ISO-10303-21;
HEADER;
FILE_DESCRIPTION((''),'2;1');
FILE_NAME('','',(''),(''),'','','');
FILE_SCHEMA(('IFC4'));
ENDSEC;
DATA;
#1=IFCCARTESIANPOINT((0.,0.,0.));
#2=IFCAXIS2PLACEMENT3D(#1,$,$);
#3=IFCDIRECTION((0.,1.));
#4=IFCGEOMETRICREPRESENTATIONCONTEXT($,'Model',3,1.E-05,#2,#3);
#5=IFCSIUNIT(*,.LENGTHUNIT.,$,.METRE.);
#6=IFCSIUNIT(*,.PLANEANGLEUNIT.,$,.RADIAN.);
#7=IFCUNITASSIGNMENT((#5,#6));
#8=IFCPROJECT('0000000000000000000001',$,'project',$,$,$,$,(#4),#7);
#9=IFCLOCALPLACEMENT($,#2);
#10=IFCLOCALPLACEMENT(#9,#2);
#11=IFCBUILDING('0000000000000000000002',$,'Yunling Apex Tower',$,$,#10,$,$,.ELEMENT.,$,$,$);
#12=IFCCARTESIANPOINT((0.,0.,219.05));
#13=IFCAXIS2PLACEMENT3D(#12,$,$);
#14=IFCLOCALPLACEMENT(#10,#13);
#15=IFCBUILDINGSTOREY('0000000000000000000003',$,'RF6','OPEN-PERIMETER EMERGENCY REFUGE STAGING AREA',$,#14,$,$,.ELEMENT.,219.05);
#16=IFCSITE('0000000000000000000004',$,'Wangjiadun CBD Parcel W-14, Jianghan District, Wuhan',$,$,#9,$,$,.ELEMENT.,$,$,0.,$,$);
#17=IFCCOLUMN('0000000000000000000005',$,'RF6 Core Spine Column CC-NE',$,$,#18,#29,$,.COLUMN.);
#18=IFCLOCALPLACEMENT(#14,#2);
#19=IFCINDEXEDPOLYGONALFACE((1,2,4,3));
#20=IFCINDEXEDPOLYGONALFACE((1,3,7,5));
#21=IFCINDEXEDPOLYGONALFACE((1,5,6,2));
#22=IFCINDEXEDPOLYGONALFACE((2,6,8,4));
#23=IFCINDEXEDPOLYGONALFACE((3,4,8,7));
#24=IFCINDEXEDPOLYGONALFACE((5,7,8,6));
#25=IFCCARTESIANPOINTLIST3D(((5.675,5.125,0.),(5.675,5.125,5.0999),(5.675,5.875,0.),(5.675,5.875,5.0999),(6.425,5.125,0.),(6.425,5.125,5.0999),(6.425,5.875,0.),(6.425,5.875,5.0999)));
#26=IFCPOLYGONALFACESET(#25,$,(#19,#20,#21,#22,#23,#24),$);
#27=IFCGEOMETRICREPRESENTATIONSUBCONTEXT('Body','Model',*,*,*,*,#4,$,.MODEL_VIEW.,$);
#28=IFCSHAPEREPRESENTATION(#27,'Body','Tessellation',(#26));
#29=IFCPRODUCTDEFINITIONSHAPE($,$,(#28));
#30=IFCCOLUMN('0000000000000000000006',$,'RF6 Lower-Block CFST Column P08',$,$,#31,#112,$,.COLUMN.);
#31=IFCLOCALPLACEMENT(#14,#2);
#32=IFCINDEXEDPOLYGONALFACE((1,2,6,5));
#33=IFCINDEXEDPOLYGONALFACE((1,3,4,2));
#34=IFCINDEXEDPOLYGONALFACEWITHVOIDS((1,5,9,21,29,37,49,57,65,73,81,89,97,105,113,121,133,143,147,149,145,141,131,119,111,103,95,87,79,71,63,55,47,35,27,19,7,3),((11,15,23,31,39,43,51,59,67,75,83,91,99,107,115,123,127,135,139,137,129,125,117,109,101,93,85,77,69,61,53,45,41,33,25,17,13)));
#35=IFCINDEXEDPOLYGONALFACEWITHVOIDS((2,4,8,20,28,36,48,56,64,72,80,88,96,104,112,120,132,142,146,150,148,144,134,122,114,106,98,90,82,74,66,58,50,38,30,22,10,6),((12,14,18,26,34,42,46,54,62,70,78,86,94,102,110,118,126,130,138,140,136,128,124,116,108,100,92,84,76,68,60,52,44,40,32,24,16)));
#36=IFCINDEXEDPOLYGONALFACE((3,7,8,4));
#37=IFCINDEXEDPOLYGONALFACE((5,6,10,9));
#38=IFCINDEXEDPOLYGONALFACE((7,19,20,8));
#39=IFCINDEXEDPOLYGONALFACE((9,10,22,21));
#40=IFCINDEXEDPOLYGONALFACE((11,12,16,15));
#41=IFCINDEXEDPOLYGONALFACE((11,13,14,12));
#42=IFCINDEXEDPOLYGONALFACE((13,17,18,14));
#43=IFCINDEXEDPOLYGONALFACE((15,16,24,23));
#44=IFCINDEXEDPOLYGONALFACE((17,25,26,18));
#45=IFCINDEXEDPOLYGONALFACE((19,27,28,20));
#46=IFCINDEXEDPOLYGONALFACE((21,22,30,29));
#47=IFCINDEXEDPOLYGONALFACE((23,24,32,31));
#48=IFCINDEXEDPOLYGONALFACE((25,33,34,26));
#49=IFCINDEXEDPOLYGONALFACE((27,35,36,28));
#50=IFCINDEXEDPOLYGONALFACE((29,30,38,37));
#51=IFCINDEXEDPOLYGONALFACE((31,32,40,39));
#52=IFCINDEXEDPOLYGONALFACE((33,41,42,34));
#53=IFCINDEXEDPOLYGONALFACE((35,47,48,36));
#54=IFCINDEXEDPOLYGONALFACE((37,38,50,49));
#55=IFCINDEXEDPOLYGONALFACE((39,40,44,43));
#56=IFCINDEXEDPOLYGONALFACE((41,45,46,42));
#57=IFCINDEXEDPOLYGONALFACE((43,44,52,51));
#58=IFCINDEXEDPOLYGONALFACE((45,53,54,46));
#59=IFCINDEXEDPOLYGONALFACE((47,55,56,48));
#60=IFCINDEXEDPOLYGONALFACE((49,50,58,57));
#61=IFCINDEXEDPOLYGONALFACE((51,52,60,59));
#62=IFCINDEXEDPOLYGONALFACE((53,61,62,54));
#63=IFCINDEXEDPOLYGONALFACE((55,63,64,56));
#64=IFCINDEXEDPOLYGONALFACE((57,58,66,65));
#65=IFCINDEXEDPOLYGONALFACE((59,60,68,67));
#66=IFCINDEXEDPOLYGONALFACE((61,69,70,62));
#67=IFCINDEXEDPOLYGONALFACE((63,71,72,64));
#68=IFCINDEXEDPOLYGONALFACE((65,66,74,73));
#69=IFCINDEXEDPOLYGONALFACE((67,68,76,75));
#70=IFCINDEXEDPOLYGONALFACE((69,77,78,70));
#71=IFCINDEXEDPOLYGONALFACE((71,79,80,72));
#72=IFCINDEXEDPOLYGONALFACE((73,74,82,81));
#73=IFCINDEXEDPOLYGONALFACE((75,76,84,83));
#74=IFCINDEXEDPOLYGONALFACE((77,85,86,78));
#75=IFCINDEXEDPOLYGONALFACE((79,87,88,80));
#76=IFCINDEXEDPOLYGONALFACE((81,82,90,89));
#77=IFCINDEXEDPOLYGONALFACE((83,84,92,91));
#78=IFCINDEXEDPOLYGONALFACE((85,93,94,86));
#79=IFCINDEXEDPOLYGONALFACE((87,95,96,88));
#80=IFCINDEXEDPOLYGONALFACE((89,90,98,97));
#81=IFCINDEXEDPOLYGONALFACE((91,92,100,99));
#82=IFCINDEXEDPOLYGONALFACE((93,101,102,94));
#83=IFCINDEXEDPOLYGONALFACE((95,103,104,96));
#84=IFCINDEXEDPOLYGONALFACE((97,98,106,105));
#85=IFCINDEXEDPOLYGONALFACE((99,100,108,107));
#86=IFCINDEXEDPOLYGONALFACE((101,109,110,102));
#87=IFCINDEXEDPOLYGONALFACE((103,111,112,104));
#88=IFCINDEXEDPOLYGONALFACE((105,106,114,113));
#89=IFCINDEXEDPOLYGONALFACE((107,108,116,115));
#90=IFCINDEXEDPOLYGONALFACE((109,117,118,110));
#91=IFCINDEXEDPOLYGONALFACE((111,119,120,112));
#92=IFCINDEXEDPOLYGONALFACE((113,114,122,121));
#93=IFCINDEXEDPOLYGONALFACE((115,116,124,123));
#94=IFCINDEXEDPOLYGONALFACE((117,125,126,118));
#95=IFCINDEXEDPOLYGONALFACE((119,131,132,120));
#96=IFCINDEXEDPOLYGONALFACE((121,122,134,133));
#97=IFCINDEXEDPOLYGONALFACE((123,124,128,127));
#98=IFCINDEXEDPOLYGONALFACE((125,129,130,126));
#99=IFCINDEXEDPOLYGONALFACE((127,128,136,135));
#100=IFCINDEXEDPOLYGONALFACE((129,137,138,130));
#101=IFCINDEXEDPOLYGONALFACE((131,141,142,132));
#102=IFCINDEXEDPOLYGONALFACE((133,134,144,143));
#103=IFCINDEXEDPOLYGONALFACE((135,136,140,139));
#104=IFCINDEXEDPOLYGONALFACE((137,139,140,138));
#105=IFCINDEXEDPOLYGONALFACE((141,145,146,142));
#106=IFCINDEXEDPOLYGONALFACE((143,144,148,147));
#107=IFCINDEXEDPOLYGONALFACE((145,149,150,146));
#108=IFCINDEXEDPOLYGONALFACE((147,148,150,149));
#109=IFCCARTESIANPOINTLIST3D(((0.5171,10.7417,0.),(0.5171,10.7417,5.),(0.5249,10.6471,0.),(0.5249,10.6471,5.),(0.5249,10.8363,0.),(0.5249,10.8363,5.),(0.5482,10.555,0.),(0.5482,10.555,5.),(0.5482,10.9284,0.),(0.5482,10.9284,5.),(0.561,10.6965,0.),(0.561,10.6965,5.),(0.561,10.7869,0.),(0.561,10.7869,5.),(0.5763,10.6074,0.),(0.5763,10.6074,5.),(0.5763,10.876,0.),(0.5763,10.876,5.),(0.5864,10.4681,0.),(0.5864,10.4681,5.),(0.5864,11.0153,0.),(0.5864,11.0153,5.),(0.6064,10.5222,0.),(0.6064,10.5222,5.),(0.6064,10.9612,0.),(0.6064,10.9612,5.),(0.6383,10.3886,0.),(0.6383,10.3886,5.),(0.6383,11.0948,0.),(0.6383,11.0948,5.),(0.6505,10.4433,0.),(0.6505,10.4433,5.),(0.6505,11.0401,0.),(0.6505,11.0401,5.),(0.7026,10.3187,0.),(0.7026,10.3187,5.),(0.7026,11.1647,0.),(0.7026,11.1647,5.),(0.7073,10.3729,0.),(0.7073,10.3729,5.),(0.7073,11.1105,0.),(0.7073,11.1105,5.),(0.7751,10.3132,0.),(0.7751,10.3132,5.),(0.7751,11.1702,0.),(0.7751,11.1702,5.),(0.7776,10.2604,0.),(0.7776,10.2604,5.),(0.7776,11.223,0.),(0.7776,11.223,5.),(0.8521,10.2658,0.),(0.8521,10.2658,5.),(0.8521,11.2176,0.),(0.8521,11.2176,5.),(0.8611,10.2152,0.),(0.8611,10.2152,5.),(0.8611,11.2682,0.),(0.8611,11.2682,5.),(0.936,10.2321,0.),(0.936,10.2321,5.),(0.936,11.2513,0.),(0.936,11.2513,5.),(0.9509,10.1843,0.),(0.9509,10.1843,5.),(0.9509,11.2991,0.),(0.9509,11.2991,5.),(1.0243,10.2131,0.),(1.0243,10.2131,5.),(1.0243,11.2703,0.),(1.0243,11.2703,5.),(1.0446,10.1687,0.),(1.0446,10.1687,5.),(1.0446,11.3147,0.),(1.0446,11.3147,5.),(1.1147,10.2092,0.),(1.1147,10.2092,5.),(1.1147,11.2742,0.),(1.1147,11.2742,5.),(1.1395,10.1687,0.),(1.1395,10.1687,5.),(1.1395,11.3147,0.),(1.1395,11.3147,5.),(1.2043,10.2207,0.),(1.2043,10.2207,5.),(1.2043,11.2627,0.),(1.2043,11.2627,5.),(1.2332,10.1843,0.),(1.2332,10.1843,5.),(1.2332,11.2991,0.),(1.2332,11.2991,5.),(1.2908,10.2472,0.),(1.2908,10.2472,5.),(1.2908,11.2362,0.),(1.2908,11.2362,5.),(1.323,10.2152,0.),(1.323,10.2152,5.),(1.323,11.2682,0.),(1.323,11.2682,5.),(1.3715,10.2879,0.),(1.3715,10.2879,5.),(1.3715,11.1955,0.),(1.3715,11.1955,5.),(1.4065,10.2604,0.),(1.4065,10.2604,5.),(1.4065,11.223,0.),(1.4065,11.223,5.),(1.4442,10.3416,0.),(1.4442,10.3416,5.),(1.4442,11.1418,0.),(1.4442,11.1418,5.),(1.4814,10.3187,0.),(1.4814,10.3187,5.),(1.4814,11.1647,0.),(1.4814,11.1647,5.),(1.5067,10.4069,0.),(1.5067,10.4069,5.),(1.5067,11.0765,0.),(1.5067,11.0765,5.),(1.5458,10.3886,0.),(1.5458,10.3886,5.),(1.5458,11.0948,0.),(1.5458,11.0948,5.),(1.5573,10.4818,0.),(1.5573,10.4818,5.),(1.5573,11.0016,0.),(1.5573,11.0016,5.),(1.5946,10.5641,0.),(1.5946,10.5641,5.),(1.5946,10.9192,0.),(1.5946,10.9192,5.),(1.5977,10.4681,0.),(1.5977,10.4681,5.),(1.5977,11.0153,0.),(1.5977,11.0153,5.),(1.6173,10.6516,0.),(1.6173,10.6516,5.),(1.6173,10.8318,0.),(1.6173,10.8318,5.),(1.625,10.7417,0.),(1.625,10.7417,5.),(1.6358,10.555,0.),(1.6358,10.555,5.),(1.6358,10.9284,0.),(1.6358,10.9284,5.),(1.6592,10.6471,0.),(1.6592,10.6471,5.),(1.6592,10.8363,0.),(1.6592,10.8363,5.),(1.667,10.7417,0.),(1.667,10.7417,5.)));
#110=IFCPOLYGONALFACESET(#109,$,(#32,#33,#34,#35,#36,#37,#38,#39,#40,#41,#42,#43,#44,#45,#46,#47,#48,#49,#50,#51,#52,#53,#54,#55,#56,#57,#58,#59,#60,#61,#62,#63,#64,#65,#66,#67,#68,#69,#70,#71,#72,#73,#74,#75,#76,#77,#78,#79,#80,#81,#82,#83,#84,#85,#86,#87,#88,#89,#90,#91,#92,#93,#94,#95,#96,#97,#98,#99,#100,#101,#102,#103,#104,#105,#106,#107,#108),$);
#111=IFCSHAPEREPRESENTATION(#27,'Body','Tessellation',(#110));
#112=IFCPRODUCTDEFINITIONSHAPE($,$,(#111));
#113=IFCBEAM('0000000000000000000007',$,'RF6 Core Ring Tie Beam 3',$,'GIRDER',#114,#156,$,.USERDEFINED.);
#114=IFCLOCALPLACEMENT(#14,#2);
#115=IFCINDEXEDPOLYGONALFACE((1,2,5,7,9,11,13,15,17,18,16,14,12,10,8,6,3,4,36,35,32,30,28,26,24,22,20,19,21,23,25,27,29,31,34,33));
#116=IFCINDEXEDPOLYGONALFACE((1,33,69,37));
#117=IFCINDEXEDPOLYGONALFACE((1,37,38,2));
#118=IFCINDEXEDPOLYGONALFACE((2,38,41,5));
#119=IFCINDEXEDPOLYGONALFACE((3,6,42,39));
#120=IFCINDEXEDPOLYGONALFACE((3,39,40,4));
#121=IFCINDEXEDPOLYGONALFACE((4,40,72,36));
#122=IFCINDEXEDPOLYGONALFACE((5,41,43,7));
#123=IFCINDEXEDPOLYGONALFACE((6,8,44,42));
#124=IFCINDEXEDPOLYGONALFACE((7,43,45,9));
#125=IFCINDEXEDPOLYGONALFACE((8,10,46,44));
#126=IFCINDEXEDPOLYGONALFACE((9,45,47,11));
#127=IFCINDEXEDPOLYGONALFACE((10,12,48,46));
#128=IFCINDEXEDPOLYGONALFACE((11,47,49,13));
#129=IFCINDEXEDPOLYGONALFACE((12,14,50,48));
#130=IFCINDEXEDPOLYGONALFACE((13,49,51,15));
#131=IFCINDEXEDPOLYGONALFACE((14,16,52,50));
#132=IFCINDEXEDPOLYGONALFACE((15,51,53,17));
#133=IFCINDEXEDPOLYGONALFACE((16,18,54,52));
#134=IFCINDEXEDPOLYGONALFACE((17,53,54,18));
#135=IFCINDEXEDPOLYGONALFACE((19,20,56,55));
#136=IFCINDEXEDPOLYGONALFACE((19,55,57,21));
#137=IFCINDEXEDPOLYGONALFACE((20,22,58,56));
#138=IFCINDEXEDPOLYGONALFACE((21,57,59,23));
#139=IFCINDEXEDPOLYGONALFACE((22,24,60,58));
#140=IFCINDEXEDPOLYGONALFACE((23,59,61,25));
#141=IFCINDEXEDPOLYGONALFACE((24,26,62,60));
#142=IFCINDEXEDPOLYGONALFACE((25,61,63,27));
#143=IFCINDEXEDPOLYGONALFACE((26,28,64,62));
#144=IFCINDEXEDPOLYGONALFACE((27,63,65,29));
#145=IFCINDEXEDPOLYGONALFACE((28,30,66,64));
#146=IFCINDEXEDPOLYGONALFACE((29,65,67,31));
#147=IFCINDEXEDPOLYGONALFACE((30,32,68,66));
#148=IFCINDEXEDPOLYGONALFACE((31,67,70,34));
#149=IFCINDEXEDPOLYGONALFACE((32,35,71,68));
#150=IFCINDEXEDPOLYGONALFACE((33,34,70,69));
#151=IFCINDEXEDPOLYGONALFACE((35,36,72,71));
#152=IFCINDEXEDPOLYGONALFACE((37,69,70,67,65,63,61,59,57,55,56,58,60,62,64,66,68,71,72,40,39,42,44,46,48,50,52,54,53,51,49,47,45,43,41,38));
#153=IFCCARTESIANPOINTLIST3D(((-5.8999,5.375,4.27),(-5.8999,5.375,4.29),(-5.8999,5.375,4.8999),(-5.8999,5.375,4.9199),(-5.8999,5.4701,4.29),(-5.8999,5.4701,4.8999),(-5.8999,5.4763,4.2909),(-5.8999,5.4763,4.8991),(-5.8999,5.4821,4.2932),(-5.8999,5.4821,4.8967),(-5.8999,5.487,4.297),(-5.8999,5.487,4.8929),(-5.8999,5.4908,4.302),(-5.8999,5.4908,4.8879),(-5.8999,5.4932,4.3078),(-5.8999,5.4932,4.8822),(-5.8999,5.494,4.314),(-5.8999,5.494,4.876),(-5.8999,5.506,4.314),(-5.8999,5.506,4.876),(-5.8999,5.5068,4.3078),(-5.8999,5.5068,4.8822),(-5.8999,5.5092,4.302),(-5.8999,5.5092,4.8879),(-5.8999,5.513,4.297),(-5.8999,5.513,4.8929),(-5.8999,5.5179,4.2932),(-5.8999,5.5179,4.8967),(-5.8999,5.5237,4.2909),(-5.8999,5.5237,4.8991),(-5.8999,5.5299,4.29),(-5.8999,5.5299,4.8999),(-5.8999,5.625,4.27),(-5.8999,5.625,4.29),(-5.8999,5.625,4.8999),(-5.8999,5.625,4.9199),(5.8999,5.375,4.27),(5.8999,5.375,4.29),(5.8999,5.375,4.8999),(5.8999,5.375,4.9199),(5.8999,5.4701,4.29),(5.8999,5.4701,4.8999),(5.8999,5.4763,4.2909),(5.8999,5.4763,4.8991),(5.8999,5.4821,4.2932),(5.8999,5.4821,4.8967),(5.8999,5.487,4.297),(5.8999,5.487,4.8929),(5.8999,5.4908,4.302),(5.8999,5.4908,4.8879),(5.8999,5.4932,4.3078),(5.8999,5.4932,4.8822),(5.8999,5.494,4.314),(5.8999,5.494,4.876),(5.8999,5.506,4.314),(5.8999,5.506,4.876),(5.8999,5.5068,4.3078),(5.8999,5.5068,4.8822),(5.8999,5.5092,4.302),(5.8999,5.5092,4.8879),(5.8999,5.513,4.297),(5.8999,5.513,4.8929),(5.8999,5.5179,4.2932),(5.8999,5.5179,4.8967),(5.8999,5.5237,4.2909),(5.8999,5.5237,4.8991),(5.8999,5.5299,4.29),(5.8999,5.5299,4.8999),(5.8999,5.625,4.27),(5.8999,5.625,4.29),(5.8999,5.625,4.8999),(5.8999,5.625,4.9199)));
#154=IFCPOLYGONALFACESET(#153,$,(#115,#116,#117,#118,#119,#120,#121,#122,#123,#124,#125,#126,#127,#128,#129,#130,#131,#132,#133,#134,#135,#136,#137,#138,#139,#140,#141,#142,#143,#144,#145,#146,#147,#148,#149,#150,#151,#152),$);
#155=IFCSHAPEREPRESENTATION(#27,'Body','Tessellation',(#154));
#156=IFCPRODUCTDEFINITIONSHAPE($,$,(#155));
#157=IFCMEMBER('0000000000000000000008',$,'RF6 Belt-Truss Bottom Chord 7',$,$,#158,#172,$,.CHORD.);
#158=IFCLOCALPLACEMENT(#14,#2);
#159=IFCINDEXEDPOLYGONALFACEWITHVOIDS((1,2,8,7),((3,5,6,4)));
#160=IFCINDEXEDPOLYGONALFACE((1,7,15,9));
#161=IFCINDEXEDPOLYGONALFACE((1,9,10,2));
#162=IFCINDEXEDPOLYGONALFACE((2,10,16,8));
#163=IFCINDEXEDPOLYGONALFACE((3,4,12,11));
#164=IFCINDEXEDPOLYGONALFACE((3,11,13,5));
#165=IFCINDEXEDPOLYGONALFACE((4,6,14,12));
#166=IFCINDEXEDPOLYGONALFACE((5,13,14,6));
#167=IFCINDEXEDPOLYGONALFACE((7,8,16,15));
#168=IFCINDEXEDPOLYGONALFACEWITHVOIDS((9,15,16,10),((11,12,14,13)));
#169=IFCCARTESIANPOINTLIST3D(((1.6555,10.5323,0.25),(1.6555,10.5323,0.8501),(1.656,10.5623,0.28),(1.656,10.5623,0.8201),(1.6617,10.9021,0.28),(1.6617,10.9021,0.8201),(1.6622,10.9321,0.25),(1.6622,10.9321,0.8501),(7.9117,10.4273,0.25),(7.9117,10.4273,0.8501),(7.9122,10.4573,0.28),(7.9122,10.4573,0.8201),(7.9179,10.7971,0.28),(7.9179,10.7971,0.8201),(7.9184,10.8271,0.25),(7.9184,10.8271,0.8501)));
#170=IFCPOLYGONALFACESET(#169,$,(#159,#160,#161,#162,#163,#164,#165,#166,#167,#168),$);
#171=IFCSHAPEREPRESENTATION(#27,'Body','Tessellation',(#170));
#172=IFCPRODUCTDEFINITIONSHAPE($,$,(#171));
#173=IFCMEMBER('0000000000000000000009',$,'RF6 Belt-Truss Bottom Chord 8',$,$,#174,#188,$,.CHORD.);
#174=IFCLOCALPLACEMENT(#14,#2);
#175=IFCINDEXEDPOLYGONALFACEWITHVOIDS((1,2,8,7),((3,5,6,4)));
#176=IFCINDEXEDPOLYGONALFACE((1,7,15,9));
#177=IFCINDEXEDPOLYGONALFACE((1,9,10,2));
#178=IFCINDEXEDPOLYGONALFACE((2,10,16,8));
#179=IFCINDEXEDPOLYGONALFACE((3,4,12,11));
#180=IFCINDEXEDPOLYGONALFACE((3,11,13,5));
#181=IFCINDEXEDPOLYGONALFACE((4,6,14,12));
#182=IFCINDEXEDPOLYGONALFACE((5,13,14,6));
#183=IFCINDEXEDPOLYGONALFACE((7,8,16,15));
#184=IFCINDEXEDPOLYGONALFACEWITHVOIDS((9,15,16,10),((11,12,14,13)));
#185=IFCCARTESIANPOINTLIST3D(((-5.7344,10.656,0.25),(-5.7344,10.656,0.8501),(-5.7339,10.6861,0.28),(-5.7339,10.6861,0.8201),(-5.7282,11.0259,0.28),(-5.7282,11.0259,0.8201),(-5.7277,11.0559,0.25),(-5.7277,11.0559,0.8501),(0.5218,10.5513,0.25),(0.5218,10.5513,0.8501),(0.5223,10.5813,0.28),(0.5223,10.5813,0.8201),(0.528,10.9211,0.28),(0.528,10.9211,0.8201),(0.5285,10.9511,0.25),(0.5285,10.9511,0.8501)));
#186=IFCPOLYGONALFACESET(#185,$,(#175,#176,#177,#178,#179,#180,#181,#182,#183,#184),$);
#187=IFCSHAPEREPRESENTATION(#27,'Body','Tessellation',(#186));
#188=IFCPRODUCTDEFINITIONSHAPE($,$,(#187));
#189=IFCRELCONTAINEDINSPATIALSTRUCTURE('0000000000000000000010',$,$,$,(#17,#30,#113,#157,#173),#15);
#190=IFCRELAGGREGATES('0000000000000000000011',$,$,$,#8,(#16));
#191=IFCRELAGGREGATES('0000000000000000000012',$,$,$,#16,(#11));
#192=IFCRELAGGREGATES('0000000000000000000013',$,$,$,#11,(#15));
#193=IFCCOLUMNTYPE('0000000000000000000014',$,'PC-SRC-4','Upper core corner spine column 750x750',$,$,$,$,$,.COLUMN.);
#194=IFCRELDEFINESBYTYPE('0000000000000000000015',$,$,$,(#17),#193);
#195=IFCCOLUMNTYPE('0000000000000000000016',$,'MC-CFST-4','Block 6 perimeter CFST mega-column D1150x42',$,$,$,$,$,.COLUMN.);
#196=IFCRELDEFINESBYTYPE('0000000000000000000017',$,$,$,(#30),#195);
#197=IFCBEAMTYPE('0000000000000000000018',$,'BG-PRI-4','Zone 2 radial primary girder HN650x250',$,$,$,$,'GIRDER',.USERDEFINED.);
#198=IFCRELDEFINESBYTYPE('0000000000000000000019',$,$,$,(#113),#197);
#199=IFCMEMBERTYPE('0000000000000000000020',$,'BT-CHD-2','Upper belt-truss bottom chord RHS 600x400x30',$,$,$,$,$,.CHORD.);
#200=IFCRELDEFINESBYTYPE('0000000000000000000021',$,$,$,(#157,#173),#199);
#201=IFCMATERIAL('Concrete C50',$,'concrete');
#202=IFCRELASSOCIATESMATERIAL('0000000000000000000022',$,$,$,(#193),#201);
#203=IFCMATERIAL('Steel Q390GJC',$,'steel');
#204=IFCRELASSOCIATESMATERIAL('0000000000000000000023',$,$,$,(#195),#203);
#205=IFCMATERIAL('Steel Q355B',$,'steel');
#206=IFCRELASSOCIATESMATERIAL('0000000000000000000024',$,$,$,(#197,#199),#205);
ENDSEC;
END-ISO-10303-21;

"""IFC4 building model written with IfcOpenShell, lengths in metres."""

from ifc_helpers import new_model, si_unit, direction, frame, origin, origin_2d, place, context, subcontext, project, spatial, rectangle, hollow_rectangle, hollow_circle, i_section, extrude, source, transform, mapped, material, material_profile, profile_set, type_object, element, save


model = new_model("IFC4")

# Units and contexts
model_context = context("Model", 3, precision=1e-05, world=origin(), true_north=direction((0.0, 1.0)))
body_context = subcontext(model_context, "Body", "Model", "MODEL_VIEW")
ifc_project = project(units=[si_unit("LENGTHUNIT", "METRE"), si_unit("PLANEANGLEUNIT", "RADIAN")], contexts=[model_context])

# Site, building, storey
site_placement = place(None, origin())
site = spatial("IfcSite", under=ifc_project, at=site_placement, Name="Wangjiadun CBD Parcel W-14, Jianghan District, Wuhan", CompositionType="ELEMENT", RefElevation=0.0)
building_placement = place(site_placement, origin())
building = spatial("IfcBuilding", under=site, at=building_placement, Name="Yunling Apex Tower", CompositionType="ELEMENT")
storey_placement = place(building_placement, frame((0.0, 0.0, 219.05)))
storey = spatial("IfcBuildingStorey", under=building, at=storey_placement, Name="RF6", Description="OPEN-PERIMETER EMERGENCY REFUGE STAGING AREA", CompositionType="ELEMENT", Elevation=219.05)

# Columns
ifc_material_1 = material(Name="Concrete C50", Category="concrete")
ifc_material_profile_1 = material_profile(ifc_material_1, rectangle(XDim=0.75, YDim=0.75, at=origin_2d()))
ifc_profile_set_1 = profile_set([ifc_material_profile_1], Name="Concrete C50")
column_type_1 = type_object("IfcColumnType", Name="PC-SRC-4", Description="Upper core corner spine column 750x750", PredefinedType="COLUMN", material=ifc_profile_set_1)
shared_shape_1 = source(origin(), body_context, "Body", "SweptSolid", [
    extrude(rectangle(XDim=0.75, YDim=0.75, at=origin_2d()), origin(), (0.0, 0.0, 1.0), 5.0999),
])
column_1_placement = place(storey_placement, frame((6.05, 5.5, 0.0), z_axis=(0.0, 0.0, 1.0), x_axis=(1.0, 0.0, 0.0)))
element("IfcColumn", 1, at=column_1_placement, inside=storey, type_object=column_type_1, Name="RF6 Core Spine Column CC-NE", PredefinedType="COLUMN", context=body_context, shape_type="MappedRepresentation", body=[
    mapped(shared_shape_1, transform((0.0, 0.0, 0.0), scale=1.0)),
])
ifc_material_2 = material(Name="Steel Q390GJC", Category="steel")
ifc_material_profile_2 = material_profile(ifc_material_2, hollow_circle(Radius=0.575, WallThickness=0.042, at=origin_2d()))
ifc_profile_set_2 = profile_set([ifc_material_profile_2], Name="Steel Q390GJC")
column_type_2 = type_object("IfcColumnType", Name="MC-CFST-4", Description="Block 6 perimeter CFST mega-column D1150x42", PredefinedType="COLUMN", material=ifc_profile_set_2)
shared_shape_2 = source(origin(), body_context, "Body", "SweptSolid", [
    extrude(hollow_circle(Radius=0.575, WallThickness=0.042, at=origin_2d()), origin(), (0.0, 0.0, 1.0), 5.0),
])
column_2_placement = place(storey_placement, frame((1.092, 10.7417, 0.0), z_axis=(0.0, 0.0, 1.0), x_axis=(1.0, 0.0, 0.0)))
element("IfcColumn", 2, at=column_2_placement, inside=storey, type_object=column_type_2, Name="RF6 Lower-Block CFST Column P08", PredefinedType="COLUMN", context=body_context, shape_type="MappedRepresentation", body=[
    mapped(shared_shape_2, transform((0.0, 0.0, 0.0), scale=1.0)),
])

# Beam
ifc_material_3 = material(Name="Steel Q355B", Category="steel")
ifc_material_profile_3 = material_profile(ifc_material_3, i_section(OverallWidth=0.25, OverallDepth=0.6499, WebThickness=0.012, FlangeThickness=0.02, FilletRadius=0.0239, at=origin_2d()))
ifc_profile_set_3 = profile_set([ifc_material_profile_3], Name="Steel Q355B")
beam_type_1 = type_object("IfcBeamType", Name="BG-PRI-4", Description="Zone 2 radial primary girder HN650x250", ElementType="GIRDER", PredefinedType="USERDEFINED", material=ifc_profile_set_3)
shared_shape_3 = source(origin(), body_context, "Body", "SweptSolid", [
    extrude(i_section(OverallWidth=0.25, OverallDepth=0.6499, WebThickness=0.012, FlangeThickness=0.02, FilletRadius=0.0239, at=origin_2d()), origin(), (0.0, 0.0, 1.0), 11.7998),
])
beam_1_placement = place(storey_placement, frame((5.8999, 5.5, 4.595), z_axis=(-1.0, 0.0, 0.0), x_axis=(0.0, -1.0, 0.0)))
element("IfcBeam", 3, at=beam_1_placement, inside=storey, type_object=beam_type_1, Name="RF6 Core Ring Tie Beam 3", ObjectType="GIRDER", PredefinedType="USERDEFINED", context=body_context, shape_type="MappedRepresentation", body=[
    mapped(shared_shape_3, transform((0.0, 0.0, 0.0), scale=1.0)),
])

# Members
ifc_material_profile_4 = material_profile(ifc_material_3, hollow_rectangle(XDim=0.3999, YDim=0.6001, WallThickness=0.03, at=origin_2d()))
ifc_profile_set_4 = profile_set([ifc_material_profile_4], Name="Steel Q355B")
member_type_1 = type_object("IfcMemberType", Name="BT-CHD-2", Description="Upper belt-truss bottom chord RHS 600x400x30", PredefinedType="CHORD", material=ifc_profile_set_4)
shared_shape_4 = source(origin(), body_context, "Body", "SweptSolid", [
    extrude(hollow_rectangle(XDim=0.3999, YDim=0.6001, WallThickness=0.03, at=origin_2d()), origin(), (0.0, 0.0, 1.0), 6.2571),
])
for number, where, z_axis, x_axis, name in (
    (4, (7.915, 10.6272, 0.55), (-0.999859, 0.016778, 0.0), (-0.016778, -0.999859, 0.0), "RF6 Belt-Truss Bottom Chord 7"),
    (5, (0.5251, 10.7512, 0.55), (-0.99986, 0.016739, 0.0), (-0.016739, -0.99986, 0.0), "RF6 Belt-Truss Bottom Chord 8"),
):
    element("IfcMember", number, at=place(storey_placement, frame(where, z_axis=z_axis, x_axis=x_axis)), inside=storey, type_object=member_type_1, Name=name, PredefinedType="CHORD", context=body_context, shape_type="MappedRepresentation", body=[
        mapped(shared_shape_4, transform((0.0, 0.0, 0.0), scale=1.0)),
    ])

save(model, "model.ifc")
